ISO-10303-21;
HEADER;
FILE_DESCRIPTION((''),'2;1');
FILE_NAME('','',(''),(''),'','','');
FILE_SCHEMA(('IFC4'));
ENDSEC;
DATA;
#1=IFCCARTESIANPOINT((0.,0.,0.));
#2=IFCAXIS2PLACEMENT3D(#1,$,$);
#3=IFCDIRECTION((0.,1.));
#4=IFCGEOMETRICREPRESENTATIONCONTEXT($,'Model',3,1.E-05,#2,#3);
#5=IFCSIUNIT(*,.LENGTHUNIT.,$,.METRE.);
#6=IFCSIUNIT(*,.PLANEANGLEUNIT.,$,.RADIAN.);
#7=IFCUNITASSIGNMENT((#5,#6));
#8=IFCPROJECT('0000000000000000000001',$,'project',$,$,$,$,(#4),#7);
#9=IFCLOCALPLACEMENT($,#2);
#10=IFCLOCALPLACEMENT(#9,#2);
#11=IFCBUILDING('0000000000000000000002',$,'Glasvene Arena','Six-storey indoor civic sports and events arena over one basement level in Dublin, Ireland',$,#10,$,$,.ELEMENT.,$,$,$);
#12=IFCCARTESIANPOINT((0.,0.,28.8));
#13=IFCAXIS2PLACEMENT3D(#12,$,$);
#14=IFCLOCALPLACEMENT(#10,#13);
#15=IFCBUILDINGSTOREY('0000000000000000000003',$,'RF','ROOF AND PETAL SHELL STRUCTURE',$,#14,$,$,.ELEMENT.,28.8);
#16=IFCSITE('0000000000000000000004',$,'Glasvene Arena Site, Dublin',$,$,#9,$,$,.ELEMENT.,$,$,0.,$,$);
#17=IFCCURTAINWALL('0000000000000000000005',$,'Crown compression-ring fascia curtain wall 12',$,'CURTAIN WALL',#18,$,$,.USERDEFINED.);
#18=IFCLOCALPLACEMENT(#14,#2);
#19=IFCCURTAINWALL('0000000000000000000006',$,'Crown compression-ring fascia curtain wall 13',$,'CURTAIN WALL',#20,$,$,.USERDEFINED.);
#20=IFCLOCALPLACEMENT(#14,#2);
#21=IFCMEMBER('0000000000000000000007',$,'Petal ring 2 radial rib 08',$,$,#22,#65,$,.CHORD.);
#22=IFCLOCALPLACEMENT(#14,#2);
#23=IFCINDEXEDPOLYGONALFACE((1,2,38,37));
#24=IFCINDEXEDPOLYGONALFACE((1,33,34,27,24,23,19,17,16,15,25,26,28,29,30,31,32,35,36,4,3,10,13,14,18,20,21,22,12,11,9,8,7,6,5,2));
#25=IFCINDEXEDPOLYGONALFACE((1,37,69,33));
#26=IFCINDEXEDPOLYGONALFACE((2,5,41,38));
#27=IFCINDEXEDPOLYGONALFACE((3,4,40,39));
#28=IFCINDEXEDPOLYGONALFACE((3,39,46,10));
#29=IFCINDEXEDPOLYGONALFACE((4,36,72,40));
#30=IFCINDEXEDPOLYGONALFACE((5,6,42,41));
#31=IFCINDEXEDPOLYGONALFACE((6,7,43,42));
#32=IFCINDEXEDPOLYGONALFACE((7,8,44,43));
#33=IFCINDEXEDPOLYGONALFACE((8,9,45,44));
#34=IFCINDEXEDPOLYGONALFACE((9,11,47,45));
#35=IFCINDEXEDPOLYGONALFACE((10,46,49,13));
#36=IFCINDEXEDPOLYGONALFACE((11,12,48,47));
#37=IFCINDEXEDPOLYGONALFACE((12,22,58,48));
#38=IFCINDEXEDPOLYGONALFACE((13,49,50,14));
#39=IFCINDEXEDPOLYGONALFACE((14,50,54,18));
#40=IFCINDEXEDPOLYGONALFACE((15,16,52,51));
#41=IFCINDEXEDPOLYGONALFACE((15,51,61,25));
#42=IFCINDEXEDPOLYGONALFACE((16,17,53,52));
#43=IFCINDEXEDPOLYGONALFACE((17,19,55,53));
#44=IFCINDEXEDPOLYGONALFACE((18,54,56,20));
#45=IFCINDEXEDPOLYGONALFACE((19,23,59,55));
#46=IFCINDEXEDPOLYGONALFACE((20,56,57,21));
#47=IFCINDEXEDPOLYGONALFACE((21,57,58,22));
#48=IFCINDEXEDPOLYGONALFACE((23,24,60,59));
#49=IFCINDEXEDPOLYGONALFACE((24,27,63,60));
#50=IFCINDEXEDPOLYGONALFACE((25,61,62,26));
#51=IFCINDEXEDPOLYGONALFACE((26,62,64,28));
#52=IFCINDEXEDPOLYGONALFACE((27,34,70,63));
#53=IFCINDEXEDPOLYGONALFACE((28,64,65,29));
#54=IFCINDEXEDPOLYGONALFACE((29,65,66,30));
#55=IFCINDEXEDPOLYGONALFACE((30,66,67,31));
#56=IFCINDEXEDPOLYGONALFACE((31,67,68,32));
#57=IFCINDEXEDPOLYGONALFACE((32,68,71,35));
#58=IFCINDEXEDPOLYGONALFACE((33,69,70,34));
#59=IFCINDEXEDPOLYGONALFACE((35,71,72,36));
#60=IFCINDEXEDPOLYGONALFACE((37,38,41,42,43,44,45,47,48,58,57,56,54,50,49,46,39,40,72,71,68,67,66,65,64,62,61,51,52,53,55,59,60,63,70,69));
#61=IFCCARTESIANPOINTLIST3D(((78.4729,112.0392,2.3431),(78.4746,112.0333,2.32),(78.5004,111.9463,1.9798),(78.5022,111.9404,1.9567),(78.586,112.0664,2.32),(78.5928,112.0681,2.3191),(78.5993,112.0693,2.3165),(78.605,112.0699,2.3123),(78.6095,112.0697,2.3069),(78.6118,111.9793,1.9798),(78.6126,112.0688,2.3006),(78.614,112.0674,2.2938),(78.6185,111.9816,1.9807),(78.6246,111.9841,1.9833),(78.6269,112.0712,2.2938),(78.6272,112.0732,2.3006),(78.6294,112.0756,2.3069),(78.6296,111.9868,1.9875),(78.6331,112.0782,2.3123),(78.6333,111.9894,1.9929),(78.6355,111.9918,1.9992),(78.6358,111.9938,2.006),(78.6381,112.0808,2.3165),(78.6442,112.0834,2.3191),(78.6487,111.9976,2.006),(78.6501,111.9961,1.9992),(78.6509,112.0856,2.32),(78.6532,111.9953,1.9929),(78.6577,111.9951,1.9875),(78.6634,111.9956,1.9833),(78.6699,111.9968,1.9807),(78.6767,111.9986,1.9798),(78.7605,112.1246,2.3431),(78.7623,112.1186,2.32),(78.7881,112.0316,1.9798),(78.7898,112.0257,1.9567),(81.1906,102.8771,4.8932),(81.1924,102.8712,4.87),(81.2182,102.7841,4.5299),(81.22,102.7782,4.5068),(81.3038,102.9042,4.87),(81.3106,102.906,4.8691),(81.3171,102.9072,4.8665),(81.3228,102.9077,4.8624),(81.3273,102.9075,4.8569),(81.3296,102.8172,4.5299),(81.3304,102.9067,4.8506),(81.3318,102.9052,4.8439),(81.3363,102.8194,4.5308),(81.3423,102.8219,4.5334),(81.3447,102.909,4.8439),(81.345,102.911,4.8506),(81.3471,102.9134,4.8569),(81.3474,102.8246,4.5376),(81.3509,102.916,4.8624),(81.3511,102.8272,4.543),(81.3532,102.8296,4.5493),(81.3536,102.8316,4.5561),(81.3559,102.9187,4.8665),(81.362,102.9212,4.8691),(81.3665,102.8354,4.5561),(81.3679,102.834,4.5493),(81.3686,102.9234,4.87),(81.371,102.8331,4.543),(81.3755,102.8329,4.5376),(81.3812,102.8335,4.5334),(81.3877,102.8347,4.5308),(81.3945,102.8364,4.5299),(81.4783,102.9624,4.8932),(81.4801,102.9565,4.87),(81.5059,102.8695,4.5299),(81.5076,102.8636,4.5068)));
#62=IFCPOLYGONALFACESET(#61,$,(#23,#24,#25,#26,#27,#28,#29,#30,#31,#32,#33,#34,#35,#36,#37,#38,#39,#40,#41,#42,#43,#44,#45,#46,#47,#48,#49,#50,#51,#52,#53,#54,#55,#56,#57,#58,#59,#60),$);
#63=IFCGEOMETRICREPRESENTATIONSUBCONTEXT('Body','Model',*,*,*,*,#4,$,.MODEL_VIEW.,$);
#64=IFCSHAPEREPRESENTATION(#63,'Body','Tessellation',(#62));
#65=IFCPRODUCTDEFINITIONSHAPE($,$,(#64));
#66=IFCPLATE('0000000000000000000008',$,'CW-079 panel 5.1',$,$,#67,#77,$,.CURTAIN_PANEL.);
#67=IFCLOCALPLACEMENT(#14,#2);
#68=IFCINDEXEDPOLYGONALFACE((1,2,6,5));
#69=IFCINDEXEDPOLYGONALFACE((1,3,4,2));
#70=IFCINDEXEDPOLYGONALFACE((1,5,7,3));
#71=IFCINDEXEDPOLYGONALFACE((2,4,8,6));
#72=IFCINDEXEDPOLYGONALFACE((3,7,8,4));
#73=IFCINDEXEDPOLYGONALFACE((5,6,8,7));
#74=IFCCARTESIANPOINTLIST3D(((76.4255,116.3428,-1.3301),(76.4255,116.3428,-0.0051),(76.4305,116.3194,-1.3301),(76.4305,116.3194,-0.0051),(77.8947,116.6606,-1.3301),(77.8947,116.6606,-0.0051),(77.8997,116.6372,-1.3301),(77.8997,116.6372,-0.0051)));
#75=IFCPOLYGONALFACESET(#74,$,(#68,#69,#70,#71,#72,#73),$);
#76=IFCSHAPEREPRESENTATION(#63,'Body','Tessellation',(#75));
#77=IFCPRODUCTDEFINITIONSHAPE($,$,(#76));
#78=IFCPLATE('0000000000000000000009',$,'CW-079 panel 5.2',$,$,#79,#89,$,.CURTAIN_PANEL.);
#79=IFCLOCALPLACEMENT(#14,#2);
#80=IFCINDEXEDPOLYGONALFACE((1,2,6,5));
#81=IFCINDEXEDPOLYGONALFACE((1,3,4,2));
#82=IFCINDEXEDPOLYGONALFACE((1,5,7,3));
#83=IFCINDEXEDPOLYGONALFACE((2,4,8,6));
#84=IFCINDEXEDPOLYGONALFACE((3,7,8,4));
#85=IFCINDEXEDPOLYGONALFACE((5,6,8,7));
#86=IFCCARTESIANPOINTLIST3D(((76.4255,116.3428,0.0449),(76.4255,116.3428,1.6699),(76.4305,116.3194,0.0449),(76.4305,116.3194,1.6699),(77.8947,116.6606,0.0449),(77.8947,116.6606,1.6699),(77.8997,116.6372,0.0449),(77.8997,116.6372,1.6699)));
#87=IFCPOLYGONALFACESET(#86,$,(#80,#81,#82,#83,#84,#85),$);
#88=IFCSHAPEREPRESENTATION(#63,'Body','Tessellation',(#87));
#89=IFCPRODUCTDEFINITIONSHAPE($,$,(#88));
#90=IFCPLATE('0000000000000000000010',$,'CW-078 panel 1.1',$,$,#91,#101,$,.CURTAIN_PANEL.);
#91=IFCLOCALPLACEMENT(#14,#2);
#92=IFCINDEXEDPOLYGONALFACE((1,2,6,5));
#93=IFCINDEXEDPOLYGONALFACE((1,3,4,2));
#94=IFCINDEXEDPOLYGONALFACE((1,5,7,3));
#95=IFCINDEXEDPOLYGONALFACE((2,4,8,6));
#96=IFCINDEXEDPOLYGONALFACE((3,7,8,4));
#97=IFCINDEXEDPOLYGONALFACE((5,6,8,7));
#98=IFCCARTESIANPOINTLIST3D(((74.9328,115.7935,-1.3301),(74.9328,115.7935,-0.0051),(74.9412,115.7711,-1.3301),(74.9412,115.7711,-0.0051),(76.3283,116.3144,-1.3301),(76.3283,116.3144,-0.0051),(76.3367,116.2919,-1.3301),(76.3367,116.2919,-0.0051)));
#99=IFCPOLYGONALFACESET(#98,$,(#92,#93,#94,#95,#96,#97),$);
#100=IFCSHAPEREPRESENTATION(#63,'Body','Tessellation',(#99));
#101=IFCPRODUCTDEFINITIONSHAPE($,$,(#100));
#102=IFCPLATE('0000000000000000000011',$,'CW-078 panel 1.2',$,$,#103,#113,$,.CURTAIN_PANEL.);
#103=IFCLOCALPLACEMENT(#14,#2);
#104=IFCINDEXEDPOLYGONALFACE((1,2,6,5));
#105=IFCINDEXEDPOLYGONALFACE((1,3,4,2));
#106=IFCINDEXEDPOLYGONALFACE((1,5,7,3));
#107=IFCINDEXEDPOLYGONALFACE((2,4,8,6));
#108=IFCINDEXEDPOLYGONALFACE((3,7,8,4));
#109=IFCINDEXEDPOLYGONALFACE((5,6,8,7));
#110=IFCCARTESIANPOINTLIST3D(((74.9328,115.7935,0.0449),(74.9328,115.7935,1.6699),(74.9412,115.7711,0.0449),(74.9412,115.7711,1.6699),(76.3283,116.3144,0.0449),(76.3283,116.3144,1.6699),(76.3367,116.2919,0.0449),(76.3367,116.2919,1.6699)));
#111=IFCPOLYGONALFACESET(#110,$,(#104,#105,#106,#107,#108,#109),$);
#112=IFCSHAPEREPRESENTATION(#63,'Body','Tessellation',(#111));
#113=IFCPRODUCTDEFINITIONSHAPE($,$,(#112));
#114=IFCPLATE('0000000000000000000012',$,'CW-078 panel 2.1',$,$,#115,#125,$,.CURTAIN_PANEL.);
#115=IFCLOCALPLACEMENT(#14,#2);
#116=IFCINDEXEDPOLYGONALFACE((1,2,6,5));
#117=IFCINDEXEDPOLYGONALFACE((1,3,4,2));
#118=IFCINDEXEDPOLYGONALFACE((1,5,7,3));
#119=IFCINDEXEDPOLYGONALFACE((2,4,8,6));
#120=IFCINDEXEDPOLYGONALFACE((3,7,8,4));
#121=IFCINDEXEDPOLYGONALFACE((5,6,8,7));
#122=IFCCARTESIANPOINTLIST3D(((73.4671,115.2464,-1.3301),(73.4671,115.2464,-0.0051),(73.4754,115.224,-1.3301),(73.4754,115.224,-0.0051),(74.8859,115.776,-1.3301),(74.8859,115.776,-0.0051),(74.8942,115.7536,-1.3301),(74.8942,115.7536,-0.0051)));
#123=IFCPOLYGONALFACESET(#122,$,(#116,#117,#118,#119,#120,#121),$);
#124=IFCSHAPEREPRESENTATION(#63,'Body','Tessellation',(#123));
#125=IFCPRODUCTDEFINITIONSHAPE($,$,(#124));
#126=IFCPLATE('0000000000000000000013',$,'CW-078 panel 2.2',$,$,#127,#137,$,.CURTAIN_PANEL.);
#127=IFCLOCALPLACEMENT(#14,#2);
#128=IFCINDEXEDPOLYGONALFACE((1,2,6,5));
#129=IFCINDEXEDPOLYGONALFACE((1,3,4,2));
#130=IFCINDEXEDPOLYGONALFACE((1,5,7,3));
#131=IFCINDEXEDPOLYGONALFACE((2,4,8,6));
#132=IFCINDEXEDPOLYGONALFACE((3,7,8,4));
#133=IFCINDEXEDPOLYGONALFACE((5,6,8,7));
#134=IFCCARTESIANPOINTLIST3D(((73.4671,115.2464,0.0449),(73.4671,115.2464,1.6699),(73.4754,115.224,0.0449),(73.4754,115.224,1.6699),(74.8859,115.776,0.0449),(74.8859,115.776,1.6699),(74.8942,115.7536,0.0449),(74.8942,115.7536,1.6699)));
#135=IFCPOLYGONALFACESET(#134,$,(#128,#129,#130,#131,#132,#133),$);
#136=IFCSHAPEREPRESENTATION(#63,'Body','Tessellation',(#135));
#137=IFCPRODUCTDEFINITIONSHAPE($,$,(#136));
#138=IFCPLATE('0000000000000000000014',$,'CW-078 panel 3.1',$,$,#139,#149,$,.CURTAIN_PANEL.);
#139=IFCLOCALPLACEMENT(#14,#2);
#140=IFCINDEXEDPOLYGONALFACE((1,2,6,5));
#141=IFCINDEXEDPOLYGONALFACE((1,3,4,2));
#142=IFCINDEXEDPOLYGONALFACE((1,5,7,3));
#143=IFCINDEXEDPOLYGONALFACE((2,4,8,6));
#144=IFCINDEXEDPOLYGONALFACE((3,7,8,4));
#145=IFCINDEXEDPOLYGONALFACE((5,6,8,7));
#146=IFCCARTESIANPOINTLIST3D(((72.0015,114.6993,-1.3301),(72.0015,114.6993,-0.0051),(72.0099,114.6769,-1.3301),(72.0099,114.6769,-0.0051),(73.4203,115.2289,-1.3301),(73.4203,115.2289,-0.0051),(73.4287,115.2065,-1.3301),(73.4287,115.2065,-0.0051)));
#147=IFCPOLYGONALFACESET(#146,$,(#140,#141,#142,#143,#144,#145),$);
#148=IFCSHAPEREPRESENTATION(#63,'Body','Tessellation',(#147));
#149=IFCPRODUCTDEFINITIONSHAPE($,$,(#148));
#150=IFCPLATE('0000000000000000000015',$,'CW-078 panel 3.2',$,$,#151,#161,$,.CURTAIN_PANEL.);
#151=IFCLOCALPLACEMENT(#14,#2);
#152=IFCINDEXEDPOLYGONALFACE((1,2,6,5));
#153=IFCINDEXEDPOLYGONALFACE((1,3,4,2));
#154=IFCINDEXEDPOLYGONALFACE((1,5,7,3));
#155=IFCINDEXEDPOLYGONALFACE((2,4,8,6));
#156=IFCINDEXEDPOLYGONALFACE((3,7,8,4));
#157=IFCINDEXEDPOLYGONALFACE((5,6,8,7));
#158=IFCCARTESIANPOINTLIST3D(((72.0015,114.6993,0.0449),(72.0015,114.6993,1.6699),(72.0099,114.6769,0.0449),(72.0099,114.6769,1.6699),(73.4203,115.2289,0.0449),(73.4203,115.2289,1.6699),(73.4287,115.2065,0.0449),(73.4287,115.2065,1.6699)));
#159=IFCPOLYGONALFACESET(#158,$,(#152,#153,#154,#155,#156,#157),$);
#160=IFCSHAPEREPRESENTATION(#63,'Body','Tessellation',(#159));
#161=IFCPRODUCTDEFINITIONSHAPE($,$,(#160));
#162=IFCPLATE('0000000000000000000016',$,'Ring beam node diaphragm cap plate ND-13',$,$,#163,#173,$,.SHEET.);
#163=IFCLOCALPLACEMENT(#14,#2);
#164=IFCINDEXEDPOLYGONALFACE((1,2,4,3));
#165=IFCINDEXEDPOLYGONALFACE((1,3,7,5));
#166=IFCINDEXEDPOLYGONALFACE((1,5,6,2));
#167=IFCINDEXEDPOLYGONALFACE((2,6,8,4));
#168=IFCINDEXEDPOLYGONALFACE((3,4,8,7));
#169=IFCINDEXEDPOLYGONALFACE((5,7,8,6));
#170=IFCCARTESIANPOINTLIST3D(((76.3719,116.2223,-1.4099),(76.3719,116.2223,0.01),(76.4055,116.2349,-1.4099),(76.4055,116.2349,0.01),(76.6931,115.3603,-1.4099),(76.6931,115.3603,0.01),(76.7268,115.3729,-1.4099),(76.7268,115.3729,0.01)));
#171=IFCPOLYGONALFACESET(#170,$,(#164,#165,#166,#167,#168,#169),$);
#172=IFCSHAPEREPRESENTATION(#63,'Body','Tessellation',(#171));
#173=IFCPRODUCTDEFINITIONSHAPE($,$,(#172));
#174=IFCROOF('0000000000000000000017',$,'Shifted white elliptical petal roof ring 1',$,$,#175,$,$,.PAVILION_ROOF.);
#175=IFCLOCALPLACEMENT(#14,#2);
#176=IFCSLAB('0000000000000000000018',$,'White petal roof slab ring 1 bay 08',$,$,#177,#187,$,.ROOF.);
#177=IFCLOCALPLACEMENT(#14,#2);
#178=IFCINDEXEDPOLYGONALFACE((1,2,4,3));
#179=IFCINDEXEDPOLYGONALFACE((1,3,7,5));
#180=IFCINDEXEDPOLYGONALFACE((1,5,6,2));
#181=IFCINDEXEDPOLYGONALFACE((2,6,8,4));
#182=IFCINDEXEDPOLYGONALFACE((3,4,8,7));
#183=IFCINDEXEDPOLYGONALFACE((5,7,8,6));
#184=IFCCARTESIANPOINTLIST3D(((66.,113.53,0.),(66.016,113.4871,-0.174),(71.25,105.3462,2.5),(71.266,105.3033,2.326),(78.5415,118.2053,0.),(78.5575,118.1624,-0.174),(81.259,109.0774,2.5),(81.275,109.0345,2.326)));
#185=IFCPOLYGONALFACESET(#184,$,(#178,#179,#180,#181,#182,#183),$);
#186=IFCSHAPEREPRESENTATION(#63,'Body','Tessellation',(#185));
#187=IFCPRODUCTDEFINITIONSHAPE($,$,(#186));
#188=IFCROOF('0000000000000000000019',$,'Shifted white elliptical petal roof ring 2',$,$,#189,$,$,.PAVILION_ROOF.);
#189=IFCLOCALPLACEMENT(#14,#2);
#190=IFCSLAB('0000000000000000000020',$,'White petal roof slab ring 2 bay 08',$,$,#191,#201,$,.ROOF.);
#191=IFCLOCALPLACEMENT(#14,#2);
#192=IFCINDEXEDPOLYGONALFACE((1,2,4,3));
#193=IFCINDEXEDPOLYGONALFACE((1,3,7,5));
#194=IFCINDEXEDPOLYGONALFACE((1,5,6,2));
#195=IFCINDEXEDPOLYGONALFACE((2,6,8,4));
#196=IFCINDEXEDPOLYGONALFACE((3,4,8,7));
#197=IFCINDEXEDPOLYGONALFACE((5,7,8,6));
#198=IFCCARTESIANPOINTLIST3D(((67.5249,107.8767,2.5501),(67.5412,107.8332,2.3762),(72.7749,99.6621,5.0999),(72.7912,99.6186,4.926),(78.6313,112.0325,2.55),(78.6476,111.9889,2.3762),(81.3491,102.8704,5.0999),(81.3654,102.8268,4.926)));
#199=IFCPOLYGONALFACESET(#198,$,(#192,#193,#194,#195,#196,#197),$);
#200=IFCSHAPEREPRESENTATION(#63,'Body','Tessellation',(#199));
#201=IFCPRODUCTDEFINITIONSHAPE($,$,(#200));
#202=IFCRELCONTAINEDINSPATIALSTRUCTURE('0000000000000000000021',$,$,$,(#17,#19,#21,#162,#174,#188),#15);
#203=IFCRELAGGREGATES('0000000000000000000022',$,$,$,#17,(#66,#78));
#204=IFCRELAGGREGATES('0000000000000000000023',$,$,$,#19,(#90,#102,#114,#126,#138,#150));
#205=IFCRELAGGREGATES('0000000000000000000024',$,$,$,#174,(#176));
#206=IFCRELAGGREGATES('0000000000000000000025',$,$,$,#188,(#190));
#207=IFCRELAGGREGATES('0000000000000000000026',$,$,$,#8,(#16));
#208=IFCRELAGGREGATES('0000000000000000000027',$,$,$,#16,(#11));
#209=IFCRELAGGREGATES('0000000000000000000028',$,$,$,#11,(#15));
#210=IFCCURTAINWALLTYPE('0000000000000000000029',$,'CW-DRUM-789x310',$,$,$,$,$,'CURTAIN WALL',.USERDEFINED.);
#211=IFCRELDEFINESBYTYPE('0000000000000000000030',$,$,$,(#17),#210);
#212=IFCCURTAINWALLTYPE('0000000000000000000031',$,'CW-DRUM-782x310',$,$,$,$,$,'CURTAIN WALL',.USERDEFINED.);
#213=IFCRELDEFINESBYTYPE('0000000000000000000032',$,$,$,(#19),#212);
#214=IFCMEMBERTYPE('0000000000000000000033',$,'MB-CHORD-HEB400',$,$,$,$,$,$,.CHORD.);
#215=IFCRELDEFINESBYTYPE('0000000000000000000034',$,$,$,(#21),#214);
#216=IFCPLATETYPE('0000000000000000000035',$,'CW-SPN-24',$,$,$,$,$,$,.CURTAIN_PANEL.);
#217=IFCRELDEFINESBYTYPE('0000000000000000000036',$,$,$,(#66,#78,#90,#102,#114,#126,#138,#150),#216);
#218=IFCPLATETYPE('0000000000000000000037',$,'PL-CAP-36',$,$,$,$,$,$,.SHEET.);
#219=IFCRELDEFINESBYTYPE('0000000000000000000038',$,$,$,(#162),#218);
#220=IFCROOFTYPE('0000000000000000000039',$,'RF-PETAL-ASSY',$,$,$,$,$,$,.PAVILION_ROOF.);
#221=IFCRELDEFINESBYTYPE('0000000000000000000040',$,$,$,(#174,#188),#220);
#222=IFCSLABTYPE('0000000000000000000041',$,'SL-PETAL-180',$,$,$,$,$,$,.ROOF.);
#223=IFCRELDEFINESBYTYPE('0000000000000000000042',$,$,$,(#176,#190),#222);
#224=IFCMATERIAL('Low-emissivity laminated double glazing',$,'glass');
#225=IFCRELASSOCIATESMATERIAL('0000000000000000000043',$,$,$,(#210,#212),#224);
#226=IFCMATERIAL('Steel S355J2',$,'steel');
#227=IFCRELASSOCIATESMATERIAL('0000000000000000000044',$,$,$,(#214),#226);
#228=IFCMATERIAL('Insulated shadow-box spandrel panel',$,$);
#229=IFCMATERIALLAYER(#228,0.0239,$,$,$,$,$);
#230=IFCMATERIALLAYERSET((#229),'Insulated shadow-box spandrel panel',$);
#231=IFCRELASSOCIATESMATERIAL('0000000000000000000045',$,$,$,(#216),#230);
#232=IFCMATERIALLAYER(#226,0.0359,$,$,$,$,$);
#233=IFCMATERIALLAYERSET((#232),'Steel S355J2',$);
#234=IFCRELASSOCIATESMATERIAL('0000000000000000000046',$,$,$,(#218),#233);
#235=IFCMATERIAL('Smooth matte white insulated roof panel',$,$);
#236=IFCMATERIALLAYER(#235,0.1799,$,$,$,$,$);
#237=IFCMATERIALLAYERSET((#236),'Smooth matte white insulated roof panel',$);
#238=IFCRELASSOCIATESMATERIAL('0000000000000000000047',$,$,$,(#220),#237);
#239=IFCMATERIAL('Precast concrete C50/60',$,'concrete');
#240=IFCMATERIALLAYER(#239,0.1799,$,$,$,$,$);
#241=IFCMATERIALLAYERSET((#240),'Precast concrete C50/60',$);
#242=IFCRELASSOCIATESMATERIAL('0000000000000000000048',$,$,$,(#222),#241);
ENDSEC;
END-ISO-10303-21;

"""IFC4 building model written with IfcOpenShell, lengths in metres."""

from ifc_helpers import new_model, si_unit, direction, frame, origin, origin_2d, place, context, subcontext, project, spatial, polyline, rectangle, i_section, outline, extrude, material, layer, layer_set, material_profile, profile_set, type_object, element, aggregate, save


model = new_model("IFC4")

# Units and contexts
model_context = context("Model", 3, precision=1e-05, world=origin(), true_north=direction((0.0, 1.0)))
body_context = subcontext(model_context, "Body", "Model", "MODEL_VIEW")
ifc_project = project(units=[si_unit("LENGTHUNIT", "METRE"), si_unit("PLANEANGLEUNIT", "RADIAN")], contexts=[model_context])

# Site, building, storey
site_placement = place(None, origin())
site = spatial("IfcSite", under=ifc_project, at=site_placement, Name="Glasvene Arena Site, Dublin", CompositionType="ELEMENT", RefElevation=0.0)
building_placement = place(site_placement, origin())
building = spatial("IfcBuilding", under=site, at=building_placement, Name="Glasvene Arena", Description="Six-storey indoor civic sports and events arena over one basement level in Dublin, Ireland", CompositionType="ELEMENT")
storey_placement = place(building_placement, frame((0.0, 0.0, 28.8)))
storey = spatial("IfcBuildingStorey", under=building, at=storey_placement, Name="RF", Description="ROOF AND PETAL SHELL STRUCTURE", CompositionType="ELEMENT", Elevation=28.8)

# Shared definitions
ifc_material_1 = material(Name="Steel S355J2", Category="steel")

# Shared definitions
ifc_material_2 = material(Name="Low-emissivity laminated double glazing", Category="glass")

# Curtain walls
curtain_wall_type_1 = type_object("IfcCurtainWallType", Name="CW-DRUM-789x310", ElementType="CURTAIN WALL", PredefinedType="USERDEFINED", material=ifc_material_2)
curtain_wall_1_placement = place(storey_placement, frame((84.0923, 117.9893, 0.0)))
curtain_wall_1 = element("IfcCurtainWall", 1, at=curtain_wall_1_placement, inside=storey, type_object=curtain_wall_type_1, Name="Crown compression-ring fascia curtain wall 12", ObjectType="CURTAIN WALL", PredefinedType="USERDEFINED")
curtain_wall_type_2 = type_object("IfcCurtainWallType", Name="CW-DRUM-782x310", ElementType="CURTAIN WALL", PredefinedType="USERDEFINED", material=ifc_material_2)
curtain_wall_2_placement = place(storey_placement, frame((76.3792, 116.3206, 0.0)))
curtain_wall_2 = element("IfcCurtainWall", 2, at=curtain_wall_2_placement, inside=storey, type_object=curtain_wall_type_2, Name="Crown compression-ring fascia curtain wall 13", ObjectType="CURTAIN WALL", PredefinedType="USERDEFINED")

# Member
ifc_material_profile_1 = material_profile(ifc_material_1, i_section(OverallWidth=0.3, OverallDepth=0.3999, WebThickness=0.0134, FlangeThickness=0.0239, FilletRadius=0.0271, at=origin_2d()), Name="HEB 400")
ifc_profile_set_1 = profile_set([ifc_material_profile_1], Name="Steel S355J2")
member_type_1 = type_object("IfcMemberType", Name="MB-CHORD-HEB400", PredefinedType="CHORD", material=ifc_profile_set_1)
member_1_placement = place(storey_placement, frame((78.6313, 112.0325, 2.1499), z_axis=(0.27477, -0.926301, 0.257813), x_axis=(0.95871, 0.284384, 0.0)))
element("IfcMember", 3, at=member_1_placement, inside=storey, type_object=member_type_1, Name="Petal ring 2 radial rib 08", PredefinedType="CHORD", context=body_context, shape_type="SweptSolid", body=[
    extrude(i_section(OverallWidth=0.3, OverallDepth=0.3999, WebThickness=0.0134, FlangeThickness=0.0239, FilletRadius=0.0271, at=origin_2d()), origin(), (0.0, 0.0, 1.0), 9.8911),
])

# Plates
ifc_material_3 = material(Name="Insulated shadow-box spandrel panel")
ifc_layer_1 = layer(ifc_material_3, 0.0239)
ifc_layer_set_1 = layer_set([ifc_layer_1], Name="Insulated shadow-box spandrel panel")
plate_type_1 = type_object("IfcPlateType", Name="CW-SPN-24", PredefinedType="CURTAIN_PANEL", material=ifc_layer_set_1)
plate_1_placement = place(storey_placement, frame((77.1626, 116.49, -1.3301), z_axis=(0.0, 0.0, 1.0), x_axis=(-0.97739, -0.211445, 0.0)))
plate_1 = element("IfcPlate", 4, at=plate_1_placement, type_object=plate_type_1, Name="CW-079 panel 5.1", PredefinedType="CURTAIN_PANEL", context=body_context, shape_type="SweptSolid", body=[
    extrude(rectangle(XDim=1.5032, YDim=0.0239, at=origin_2d()), origin(), (0.0, 0.0, 1.0), 1.325),
])
plate_2_placement = place(storey_placement, frame((77.1626, 116.49, 0.0449), z_axis=(0.0, 0.0, 1.0), x_axis=(-0.97739, -0.211445, 0.0)))
plate_2 = element("IfcPlate", 5, at=plate_2_placement, type_object=plate_type_1, Name="CW-079 panel 5.2", PredefinedType="CURTAIN_PANEL", context=body_context, shape_type="SweptSolid", body=[
    extrude(rectangle(XDim=1.5032, YDim=0.0239, at=origin_2d()), origin(), (0.0, 0.0, 1.0), 1.625),
])
aggregate(curtain_wall_1, [plate_1, plate_2])
plate_3_placement = place(storey_placement, frame((75.6348, 116.0427, -1.3301), z_axis=(0.0, 0.0, 1.0), x_axis=(-0.936868, -0.349683, 0.0)))
plate_3 = element("IfcPlate", 6, at=plate_3_placement, type_object=plate_type_1, Name="CW-078 panel 1.1", PredefinedType="CURTAIN_PANEL", context=body_context, shape_type="SweptSolid", body=[
    extrude(rectangle(XDim=1.4895, YDim=0.0239, at=origin_2d()), origin(), (0.0, 0.0, 1.0), 1.325),
])
plate_4_placement = place(storey_placement, frame((75.6348, 116.0427, 0.0449), z_axis=(0.0, 0.0, 1.0), x_axis=(-0.936868, -0.349683, 0.0)))
plate_4 = element("IfcPlate", 7, at=plate_4_placement, type_object=plate_type_1, Name="CW-078 panel 1.2", PredefinedType="CURTAIN_PANEL", context=body_context, shape_type="SweptSolid", body=[
    extrude(rectangle(XDim=1.4895, YDim=0.0239, at=origin_2d()), origin(), (0.0, 0.0, 1.0), 1.625),
])
plate_5_placement = place(storey_placement, frame((74.1807, 115.5, -1.3301), z_axis=(0.0, 0.0, 1.0), x_axis=(-0.936868, -0.349683, 0.0)))
plate_5 = element("IfcPlate", 8, at=plate_5_placement, type_object=plate_type_1, Name="CW-078 panel 2.1", PredefinedType="CURTAIN_PANEL", context=body_context, shape_type="SweptSolid", body=[
    extrude(rectangle(XDim=1.5144, YDim=0.0239, at=origin_2d()), origin(), (0.0, 0.0, 1.0), 1.325),
])
plate_6_placement = place(storey_placement, frame((74.1807, 115.5, 0.0449), z_axis=(0.0, 0.0, 1.0), x_axis=(-0.936868, -0.349683, 0.0)))
plate_6 = element("IfcPlate", 9, at=plate_6_placement, type_object=plate_type_1, Name="CW-078 panel 2.2", PredefinedType="CURTAIN_PANEL", context=body_context, shape_type="SweptSolid", body=[
    extrude(rectangle(XDim=1.5144, YDim=0.0239, at=origin_2d()), origin(), (0.0, 0.0, 1.0), 1.625),
])
plate_7_placement = place(storey_placement, frame((72.7151, 114.9529, -1.3301), z_axis=(0.0, 0.0, 1.0), x_axis=(-0.936868, -0.349683, 0.0)))
plate_7 = element("IfcPlate", 10, at=plate_7_placement, type_object=plate_type_1, Name="CW-078 panel 3.1", PredefinedType="CURTAIN_PANEL", context=body_context, shape_type="SweptSolid", body=[
    extrude(rectangle(XDim=1.5144, YDim=0.0239, at=origin_2d()), origin(), (0.0, 0.0, 1.0), 1.325),
])
plate_8_placement = place(storey_placement, frame((72.7151, 114.9529, 0.0449), z_axis=(0.0, 0.0, 1.0), x_axis=(-0.936868, -0.349683, 0.0)))
plate_8 = element("IfcPlate", 11, at=plate_8_placement, type_object=plate_type_1, Name="CW-078 panel 3.2", PredefinedType="CURTAIN_PANEL", context=body_context, shape_type="SweptSolid", body=[
    extrude(rectangle(XDim=1.5144, YDim=0.0239, at=origin_2d()), origin(), (0.0, 0.0, 1.0), 1.625),
])
aggregate(curtain_wall_2, [plate_3, plate_4, plate_5, plate_6, plate_7, plate_8])
ifc_layer_2 = layer(ifc_material_1, 0.0359)
ifc_layer_set_2 = layer_set([ifc_layer_2], Name="Steel S355J2")
plate_type_2 = type_object("IfcPlateType", Name="PL-CAP-36", PredefinedType="SHEET", material=ifc_layer_set_2)
plate_9_placement = place(storey_placement, frame((76.5493, 115.7976, -1.4099), z_axis=(0.0, 0.0, 1.0), x_axis=(-0.937038, -0.349226, 0.0)))
element("IfcPlate", 12, at=plate_9_placement, inside=storey, type_object=plate_type_2, Name="Ring beam node diaphragm cap plate ND-13", PredefinedType="SHEET", context=body_context, shape_type="SweptSolid", body=[
    extrude(rectangle(XDim=0.0359, YDim=0.9199, at=origin_2d()), origin(), (0.0, 0.0, 1.0), 1.4199),
])

# Roofs, slabs
ifc_material_4 = material(Name="Smooth matte white insulated roof panel")
ifc_layer_3 = layer(ifc_material_4, 0.1799)
ifc_layer_set_3 = layer_set([ifc_layer_3], Name="Smooth matte white insulated roof panel")
roof_type = type_object("IfcRoofType", Name="RF-PETAL-ASSY", PredefinedType="PAVILION_ROOF", material=ifc_layer_set_3)
roof_1_placement = place(storey_placement, frame((92.0, 73.0, 0.0)))
roof_1 = element("IfcRoof", 13, at=roof_1_placement, inside=storey, type_object=roof_type, Name="Shifted white elliptical petal roof ring 1", PredefinedType="PAVILION_ROOF")
ifc_material_5 = material(Name="Precast concrete C50/60", Category="concrete")
ifc_layer_4 = layer(ifc_material_5, 0.1799)
ifc_layer_set_4 = layer_set([ifc_layer_4], Name="Precast concrete C50/60")
slab_type = type_object("IfcSlabType", Name="SL-PETAL-180", PredefinedType="ROOF", material=ifc_layer_set_4)
slab_1_placement = place(storey_placement, frame((78.5415, 118.2053, 0.0), z_axis=(-0.088876, 0.238411, 0.967089), x_axis=(-0.93701, -0.349304, 0.0)))
slab_1 = element("IfcSlab", 14, at=slab_1_placement, type_object=slab_type, Name="White petal roof slab ring 1 bay 08", PredefinedType="ROOF", context=body_context, shape_type="SweptSolid", body=[
    extrude(outline(polyline([(0.0, 0.0), (13.3846, 0.0), (11.324, 9.8255), (0.6421, 9.8256), (0.0, 0.0)])), origin(), (0.0, 0.0, -1.0), 0.1799),
])
aggregate(roof_1, [slab_1])
roof_2_placement = place(storey_placement, frame((90.55, 71.8501, 2.55)))
roof_2 = element("IfcRoof", 15, at=roof_2_placement, inside=storey, type_object=roof_type, Name="Shifted white elliptical petal roof ring 2", PredefinedType="PAVILION_ROOF")
slab_2_placement = place(storey_placement, frame((78.6313, 112.0325, 2.55), z_axis=(-0.090547, 0.24199, 0.966045), x_axis=(-0.936583, -0.350446, 0.0)))
slab_2 = element("IfcSlab", 16, at=slab_2_placement, type_object=slab_type, Name="White petal roof slab ring 2 bay 08", PredefinedType="ROOF", context=body_context, shape_type="SweptSolid", body=[
    extrude(outline(polyline([(0.0, 0.0), (11.8585, 0.0), (9.8202, 9.8686), (0.6654, 9.8686), (0.0, 0.0)])), origin(), (0.0, 0.0, -1.0), 0.1799),
])
aggregate(roof_2, [slab_2])

save(model, "model.ifc")
